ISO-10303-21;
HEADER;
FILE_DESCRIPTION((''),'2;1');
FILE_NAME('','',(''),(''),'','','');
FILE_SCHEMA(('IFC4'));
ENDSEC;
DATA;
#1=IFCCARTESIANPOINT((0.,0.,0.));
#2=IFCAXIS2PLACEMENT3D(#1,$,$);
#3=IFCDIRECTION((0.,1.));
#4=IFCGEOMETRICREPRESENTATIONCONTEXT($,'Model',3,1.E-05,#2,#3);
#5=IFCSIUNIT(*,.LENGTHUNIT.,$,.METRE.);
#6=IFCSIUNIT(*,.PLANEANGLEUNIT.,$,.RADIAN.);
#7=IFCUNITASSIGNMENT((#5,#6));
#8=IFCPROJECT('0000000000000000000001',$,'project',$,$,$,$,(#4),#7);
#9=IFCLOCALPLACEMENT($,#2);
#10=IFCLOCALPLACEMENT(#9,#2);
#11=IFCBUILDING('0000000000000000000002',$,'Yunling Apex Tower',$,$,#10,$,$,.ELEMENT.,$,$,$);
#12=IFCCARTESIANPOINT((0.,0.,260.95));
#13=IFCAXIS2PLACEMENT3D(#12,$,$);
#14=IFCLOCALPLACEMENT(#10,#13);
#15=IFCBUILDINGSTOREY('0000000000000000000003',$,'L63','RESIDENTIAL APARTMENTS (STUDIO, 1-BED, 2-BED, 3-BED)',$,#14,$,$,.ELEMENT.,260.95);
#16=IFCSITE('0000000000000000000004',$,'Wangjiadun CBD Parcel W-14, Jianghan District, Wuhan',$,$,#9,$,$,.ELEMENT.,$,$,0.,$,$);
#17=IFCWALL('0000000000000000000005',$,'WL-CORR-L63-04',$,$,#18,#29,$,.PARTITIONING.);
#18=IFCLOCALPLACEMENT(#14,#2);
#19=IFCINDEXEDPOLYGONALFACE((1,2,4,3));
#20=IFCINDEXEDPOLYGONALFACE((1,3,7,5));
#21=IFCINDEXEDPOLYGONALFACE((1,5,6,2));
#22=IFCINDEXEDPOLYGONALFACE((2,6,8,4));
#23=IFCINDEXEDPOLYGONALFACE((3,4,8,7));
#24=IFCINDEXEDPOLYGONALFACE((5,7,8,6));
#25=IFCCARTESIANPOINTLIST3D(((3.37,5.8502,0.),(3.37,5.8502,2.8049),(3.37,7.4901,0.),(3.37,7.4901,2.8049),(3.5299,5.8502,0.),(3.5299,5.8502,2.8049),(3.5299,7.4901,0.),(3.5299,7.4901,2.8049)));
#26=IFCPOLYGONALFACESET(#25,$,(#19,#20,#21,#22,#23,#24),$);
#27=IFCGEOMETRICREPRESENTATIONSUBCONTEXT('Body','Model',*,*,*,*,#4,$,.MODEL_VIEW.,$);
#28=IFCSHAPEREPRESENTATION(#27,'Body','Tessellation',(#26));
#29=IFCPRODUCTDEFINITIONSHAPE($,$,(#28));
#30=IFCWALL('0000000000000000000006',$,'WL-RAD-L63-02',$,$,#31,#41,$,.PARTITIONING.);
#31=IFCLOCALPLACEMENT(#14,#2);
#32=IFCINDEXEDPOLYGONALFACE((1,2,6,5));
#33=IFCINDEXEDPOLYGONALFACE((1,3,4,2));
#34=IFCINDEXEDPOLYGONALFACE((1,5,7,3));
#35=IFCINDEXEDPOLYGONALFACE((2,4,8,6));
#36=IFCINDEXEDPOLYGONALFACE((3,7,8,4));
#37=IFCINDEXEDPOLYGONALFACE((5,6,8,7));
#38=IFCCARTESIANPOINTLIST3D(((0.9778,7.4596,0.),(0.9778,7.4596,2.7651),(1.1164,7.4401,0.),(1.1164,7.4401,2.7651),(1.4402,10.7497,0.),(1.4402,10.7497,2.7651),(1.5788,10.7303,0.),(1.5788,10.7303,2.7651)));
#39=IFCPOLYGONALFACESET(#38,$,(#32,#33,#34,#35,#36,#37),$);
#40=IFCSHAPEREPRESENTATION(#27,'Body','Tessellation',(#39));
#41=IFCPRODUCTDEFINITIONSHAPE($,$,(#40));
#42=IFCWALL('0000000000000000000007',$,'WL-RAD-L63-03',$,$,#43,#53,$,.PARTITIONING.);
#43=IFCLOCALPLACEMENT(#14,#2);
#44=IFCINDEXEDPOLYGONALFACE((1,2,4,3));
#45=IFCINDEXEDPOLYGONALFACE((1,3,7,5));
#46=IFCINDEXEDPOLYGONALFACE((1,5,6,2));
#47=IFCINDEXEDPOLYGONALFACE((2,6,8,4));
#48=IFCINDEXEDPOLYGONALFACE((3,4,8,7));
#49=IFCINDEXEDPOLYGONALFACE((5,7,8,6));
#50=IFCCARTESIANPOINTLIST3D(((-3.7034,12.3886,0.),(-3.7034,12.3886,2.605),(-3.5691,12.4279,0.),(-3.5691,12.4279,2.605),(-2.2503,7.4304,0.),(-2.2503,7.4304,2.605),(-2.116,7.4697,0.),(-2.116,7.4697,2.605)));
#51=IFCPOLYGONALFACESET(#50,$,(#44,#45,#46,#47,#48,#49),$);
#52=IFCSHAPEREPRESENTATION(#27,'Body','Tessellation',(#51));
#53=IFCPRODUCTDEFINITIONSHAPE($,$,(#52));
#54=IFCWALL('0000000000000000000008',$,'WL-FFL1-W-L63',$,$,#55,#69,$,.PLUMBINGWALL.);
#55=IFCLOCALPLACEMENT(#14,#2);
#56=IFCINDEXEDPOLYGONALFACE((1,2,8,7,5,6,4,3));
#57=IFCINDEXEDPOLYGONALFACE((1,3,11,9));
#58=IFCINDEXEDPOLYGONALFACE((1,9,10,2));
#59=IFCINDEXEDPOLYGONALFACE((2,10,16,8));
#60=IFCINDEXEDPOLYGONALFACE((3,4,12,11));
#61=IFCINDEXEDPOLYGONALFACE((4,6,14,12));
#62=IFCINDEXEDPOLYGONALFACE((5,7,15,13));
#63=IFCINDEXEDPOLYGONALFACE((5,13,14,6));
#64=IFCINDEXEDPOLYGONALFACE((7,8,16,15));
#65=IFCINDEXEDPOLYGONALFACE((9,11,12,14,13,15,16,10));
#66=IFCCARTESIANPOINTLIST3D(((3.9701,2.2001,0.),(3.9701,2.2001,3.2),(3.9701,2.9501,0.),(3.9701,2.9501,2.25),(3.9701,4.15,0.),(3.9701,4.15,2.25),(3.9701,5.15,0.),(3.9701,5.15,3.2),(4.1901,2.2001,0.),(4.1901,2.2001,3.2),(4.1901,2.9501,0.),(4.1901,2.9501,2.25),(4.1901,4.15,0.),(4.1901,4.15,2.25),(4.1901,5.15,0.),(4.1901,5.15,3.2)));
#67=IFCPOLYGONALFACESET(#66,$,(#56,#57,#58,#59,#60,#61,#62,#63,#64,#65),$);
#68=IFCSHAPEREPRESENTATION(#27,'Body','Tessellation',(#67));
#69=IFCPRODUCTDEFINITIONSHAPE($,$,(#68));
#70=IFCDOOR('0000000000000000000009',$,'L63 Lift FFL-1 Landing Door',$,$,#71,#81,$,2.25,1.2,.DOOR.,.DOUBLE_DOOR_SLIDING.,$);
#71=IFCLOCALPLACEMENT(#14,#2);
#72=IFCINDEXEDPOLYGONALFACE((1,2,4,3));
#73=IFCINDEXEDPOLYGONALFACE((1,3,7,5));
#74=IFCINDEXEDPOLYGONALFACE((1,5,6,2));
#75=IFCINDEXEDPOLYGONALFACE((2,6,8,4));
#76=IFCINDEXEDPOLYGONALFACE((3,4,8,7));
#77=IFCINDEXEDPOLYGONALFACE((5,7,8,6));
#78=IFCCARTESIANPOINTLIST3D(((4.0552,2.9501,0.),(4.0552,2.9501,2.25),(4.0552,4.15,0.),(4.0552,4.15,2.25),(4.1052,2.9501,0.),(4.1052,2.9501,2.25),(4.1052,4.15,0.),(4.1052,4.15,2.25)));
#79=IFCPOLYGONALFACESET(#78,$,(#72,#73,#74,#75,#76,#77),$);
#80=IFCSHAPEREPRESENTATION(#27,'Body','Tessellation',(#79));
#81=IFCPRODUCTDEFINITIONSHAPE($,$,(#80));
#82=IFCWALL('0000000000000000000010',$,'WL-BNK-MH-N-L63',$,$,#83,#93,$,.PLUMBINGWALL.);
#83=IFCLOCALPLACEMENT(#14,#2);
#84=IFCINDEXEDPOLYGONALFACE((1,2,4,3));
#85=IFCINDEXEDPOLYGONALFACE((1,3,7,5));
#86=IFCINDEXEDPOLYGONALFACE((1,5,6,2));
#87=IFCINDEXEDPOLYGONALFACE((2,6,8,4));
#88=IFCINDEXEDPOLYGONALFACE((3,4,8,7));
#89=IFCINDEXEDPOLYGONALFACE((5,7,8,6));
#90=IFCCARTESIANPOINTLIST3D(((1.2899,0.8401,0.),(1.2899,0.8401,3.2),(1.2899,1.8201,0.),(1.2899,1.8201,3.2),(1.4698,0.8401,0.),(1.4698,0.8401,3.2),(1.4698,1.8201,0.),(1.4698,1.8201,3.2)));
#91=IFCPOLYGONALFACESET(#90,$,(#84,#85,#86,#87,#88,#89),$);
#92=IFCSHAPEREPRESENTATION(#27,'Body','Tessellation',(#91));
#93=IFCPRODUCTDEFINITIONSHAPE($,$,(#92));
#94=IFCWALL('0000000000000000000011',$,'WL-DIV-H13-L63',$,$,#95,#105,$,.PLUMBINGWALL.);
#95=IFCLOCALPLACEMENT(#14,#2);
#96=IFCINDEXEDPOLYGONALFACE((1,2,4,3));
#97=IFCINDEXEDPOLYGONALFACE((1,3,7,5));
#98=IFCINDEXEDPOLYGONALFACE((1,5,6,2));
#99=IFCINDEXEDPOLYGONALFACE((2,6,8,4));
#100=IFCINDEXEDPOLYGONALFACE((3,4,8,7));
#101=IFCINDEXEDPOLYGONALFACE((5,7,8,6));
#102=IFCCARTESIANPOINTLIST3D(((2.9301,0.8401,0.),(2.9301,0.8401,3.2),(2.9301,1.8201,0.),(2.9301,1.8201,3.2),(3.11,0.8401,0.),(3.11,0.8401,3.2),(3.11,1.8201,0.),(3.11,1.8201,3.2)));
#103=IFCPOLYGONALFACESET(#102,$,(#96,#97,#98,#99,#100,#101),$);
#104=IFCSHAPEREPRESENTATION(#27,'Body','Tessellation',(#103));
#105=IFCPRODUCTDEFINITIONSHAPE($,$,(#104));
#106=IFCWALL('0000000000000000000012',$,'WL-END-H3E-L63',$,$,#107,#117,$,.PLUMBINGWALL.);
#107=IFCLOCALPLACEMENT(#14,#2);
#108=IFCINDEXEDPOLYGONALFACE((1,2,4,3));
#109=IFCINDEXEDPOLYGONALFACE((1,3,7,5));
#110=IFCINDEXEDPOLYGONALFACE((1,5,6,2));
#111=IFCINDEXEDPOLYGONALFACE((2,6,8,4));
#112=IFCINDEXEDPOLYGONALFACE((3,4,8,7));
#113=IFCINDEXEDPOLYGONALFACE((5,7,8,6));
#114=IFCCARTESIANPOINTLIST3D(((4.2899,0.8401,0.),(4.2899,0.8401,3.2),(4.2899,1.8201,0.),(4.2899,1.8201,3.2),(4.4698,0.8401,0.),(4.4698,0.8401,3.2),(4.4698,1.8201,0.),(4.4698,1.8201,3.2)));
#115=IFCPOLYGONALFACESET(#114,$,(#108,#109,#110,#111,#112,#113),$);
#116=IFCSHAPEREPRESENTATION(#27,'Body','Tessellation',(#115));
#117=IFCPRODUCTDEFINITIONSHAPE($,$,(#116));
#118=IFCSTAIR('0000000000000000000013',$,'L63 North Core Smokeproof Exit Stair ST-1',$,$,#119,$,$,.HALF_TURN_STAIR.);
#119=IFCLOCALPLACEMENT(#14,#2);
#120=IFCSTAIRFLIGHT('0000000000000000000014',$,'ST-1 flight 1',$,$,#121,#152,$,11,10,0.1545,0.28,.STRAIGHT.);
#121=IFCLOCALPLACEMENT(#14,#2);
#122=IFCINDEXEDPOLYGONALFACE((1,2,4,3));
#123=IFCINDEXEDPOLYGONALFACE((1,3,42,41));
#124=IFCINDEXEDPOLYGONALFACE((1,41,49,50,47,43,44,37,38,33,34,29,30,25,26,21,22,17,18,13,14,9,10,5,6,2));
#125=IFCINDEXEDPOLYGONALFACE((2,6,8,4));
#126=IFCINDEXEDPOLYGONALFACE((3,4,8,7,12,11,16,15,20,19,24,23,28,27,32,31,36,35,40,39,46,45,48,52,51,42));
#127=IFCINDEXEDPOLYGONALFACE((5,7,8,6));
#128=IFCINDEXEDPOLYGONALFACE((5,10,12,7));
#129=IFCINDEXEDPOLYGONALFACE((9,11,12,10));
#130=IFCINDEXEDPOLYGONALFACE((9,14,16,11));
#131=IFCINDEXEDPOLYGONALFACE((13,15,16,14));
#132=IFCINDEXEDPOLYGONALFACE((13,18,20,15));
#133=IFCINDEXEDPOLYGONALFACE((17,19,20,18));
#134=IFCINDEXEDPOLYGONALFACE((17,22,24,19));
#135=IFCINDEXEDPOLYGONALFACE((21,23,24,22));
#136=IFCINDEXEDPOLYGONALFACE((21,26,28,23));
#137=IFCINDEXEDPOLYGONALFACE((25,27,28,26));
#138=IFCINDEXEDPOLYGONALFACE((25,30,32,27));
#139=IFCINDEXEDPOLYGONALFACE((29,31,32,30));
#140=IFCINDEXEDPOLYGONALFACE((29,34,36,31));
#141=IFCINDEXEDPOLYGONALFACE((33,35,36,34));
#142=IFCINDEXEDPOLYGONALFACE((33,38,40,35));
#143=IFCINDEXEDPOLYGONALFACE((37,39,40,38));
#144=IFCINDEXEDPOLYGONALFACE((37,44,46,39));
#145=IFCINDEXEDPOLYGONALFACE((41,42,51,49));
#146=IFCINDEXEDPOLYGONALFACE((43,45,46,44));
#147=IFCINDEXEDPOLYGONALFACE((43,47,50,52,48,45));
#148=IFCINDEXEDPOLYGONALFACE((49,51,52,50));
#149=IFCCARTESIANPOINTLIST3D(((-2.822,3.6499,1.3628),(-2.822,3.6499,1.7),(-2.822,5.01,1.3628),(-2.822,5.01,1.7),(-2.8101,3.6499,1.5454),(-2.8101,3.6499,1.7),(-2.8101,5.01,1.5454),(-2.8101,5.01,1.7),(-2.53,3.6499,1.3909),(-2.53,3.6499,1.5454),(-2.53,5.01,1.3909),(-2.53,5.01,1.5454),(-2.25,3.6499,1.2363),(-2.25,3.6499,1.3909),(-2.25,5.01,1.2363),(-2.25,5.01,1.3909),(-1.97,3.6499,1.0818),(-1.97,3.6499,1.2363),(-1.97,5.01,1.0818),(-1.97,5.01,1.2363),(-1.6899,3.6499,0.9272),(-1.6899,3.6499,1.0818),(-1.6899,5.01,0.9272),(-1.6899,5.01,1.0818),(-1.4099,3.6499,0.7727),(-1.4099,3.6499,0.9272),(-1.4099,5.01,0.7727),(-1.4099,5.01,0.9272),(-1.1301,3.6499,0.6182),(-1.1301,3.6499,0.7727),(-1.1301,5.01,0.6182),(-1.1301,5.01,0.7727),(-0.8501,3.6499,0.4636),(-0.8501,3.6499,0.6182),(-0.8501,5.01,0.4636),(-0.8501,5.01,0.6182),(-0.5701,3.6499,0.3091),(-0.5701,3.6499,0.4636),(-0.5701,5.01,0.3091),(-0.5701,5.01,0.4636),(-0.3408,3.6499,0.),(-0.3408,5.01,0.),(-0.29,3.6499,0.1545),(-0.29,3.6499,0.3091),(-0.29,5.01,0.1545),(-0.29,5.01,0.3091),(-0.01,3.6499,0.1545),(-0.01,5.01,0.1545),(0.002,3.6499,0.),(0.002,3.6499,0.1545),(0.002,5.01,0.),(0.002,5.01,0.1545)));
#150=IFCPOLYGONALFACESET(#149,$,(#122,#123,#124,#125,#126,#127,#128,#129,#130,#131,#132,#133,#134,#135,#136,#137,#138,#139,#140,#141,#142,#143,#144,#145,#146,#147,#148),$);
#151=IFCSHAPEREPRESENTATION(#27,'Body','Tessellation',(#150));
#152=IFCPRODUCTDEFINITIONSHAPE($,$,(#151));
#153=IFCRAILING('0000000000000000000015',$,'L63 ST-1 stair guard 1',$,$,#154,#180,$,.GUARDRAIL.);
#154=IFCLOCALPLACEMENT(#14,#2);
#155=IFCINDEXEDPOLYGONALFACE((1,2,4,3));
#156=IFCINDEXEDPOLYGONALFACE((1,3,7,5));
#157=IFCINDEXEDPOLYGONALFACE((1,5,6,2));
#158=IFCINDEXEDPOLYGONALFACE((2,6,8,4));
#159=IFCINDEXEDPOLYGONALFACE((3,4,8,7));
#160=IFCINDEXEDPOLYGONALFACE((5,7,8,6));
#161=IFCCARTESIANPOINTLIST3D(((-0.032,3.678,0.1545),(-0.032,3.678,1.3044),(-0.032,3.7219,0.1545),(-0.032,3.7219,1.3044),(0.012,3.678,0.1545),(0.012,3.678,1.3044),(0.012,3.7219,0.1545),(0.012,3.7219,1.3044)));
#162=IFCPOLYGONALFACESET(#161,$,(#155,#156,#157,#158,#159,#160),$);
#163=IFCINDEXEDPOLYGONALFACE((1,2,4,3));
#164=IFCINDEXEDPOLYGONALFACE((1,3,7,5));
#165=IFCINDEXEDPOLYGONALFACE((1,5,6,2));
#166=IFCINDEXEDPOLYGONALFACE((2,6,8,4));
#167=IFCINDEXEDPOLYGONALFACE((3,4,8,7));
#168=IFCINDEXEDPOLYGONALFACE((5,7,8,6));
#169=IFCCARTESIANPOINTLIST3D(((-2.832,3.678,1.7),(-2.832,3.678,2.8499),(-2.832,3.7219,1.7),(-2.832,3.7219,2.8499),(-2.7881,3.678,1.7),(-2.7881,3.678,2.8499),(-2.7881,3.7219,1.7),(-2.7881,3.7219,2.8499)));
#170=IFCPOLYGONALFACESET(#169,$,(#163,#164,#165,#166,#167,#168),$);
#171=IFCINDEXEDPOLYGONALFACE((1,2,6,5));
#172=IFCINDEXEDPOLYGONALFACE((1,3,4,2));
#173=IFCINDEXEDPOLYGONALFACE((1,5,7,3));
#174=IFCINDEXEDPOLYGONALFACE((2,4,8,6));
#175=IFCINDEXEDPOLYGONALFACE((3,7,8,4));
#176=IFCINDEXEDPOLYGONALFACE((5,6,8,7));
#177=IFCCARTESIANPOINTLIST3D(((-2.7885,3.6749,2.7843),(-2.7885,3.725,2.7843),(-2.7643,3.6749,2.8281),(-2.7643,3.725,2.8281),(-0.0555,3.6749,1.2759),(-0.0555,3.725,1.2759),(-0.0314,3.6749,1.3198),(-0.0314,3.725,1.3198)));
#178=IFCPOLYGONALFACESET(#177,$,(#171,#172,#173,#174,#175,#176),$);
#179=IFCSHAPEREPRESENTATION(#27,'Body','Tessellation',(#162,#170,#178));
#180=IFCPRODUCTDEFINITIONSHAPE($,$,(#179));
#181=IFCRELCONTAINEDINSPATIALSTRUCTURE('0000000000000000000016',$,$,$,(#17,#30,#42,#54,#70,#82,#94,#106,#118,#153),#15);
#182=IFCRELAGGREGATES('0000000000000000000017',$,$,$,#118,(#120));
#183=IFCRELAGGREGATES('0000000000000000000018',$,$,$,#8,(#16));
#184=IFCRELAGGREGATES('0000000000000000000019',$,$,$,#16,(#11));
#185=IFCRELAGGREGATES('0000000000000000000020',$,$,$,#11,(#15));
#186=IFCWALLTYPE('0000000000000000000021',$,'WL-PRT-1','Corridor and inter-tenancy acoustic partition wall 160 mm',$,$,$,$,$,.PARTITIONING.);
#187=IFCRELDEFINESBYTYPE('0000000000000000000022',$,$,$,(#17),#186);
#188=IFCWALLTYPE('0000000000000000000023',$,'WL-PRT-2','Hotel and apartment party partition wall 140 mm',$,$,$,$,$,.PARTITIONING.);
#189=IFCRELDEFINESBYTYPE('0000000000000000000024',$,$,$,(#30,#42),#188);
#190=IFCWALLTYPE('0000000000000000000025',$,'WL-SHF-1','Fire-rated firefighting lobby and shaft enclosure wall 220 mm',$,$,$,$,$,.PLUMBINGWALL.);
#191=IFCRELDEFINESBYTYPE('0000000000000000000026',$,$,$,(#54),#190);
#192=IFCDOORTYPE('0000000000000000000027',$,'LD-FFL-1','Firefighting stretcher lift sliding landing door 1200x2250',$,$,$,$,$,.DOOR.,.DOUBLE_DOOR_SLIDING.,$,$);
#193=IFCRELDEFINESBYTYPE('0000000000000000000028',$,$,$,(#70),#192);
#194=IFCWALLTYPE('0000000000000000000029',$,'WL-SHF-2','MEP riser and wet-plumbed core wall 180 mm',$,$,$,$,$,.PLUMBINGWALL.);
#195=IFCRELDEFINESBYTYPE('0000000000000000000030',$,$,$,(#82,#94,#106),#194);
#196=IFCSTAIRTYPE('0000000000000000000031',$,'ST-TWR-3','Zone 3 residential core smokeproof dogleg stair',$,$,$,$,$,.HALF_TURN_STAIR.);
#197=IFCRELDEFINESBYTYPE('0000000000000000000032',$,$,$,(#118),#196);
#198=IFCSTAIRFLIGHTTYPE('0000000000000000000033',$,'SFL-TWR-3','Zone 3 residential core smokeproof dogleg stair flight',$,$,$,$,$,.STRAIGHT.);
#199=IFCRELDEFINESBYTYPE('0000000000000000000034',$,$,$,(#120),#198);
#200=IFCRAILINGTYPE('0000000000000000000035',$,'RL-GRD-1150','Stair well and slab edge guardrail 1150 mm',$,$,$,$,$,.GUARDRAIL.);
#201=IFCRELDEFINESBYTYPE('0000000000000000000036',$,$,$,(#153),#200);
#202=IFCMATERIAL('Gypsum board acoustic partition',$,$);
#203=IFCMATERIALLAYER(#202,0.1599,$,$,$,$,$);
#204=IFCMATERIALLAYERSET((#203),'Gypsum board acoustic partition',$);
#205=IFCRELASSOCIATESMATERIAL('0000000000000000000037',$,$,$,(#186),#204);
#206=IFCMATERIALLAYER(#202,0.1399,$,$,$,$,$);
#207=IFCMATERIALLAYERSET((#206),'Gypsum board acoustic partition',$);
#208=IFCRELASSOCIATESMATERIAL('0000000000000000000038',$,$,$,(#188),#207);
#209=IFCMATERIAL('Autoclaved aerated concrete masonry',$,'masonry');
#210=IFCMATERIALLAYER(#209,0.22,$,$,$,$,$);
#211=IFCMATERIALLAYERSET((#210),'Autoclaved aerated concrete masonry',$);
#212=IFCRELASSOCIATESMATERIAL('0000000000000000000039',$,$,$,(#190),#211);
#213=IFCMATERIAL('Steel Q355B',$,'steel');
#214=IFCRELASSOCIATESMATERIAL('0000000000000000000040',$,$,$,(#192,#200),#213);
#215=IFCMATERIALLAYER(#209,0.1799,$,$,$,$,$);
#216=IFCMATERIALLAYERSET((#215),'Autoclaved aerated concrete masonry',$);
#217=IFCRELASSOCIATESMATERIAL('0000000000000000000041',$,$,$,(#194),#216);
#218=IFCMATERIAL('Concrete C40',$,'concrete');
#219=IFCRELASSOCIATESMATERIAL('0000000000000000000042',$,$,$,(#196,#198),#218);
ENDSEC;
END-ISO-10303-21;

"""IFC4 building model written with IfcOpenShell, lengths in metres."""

from ifc_helpers import new_model, si_unit, direction, frame, frame_2d, origin, origin_2d, place, context, subcontext, project, spatial, polyline, rectangle, outline, extrude, material, layer, layer_set, type_object, element, fill, aggregate, save


model = new_model("IFC4")

# Units and contexts
model_context = context("Model", 3, precision=1e-05, world=origin(), true_north=direction((0.0, 1.0)))
body_context = subcontext(model_context, "Body", "Model", "MODEL_VIEW")
ifc_project = project(units=[si_unit("LENGTHUNIT", "METRE"), si_unit("PLANEANGLEUNIT", "RADIAN")], contexts=[model_context])

# Site, building, storey
site_placement = place(None, origin())
site = spatial("IfcSite", under=ifc_project, at=site_placement, Name="Wangjiadun CBD Parcel W-14, Jianghan District, Wuhan", CompositionType="ELEMENT", RefElevation=0.0)
building_placement = place(site_placement, origin())
building = spatial("IfcBuilding", under=site, at=building_placement, Name="Yunling Apex Tower", CompositionType="ELEMENT")
storey_placement = place(building_placement, frame((0.0, 0.0, 260.95)))
storey = spatial("IfcBuildingStorey", under=building, at=storey_placement, Name="L63", Description="RESIDENTIAL APARTMENTS (STUDIO, 1-BED, 2-BED, 3-BED)", CompositionType="ELEMENT", Elevation=260.95)

# Shared definitions
ifc_material_1 = material(Name="Steel Q355B", Category="steel")

# Walls
ifc_material_2 = material(Name="Concrete C40", Category="concrete")
ifc_material_3 = material(Name="Gypsum board acoustic partition")
ifc_layer_1 = layer(ifc_material_3, 0.1599)
ifc_layer_set_1 = layer_set([ifc_layer_1], Name="Gypsum board acoustic partition")
wall_type_1 = type_object("IfcWallType", Name="WL-PRT-1", Description="Corridor and inter-tenancy acoustic partition wall 160 mm", PredefinedType="PARTITIONING", material=ifc_layer_set_1)
wall_1_placement = place(storey_placement, frame((3.45, 7.49, 0.0), z_axis=(0.0, 0.0, 1.0), x_axis=(0.0, -1.0, 0.0)))
element("IfcWall", 1, at=wall_1_placement, inside=storey, type_object=wall_type_1, Name="WL-CORR-L63-04", PredefinedType="PARTITIONING", context=body_context, shape_type="SweptSolid", body=[
    extrude(rectangle(XDim=1.6399, YDim=0.1599, at=frame_2d((0.8198, 0.0))), origin(), (0.0, 0.0, 1.0), 2.8049),
])
ifc_layer_2 = layer(ifc_material_3, 0.1399)
ifc_layer_set_2 = layer_set([ifc_layer_2], Name="Gypsum board acoustic partition")
wall_type_2 = type_object("IfcWallType", Name="WL-PRT-2", Description="Hotel and apartment party partition wall 140 mm", PredefinedType="PARTITIONING", material=ifc_layer_set_2)
wall_2_placement = place(storey_placement, frame((1.0471, 7.45, 0.0), z_axis=(0.0, 0.0, 1.0), x_axis=(0.139168, 0.990269, 0.0)))
element("IfcWall", 2, at=wall_2_placement, inside=storey, type_object=wall_type_2, Name="WL-RAD-L63-02", PredefinedType="PARTITIONING", context=body_context, shape_type="SweptSolid", body=[
    extrude(rectangle(XDim=3.3225, YDim=0.1399, at=frame_2d((1.6611, 0.0))), origin(), (0.0, 0.0, 1.0), 2.7651),
])
wall_3_placement = place(storey_placement, frame((-2.1831, 7.45, 0.0), z_axis=(0.0, 0.0, 1.0), x_axis=(-0.281243, 0.959637, 0.0)))
element("IfcWall", 3, at=wall_3_placement, inside=storey, type_object=wall_type_2, Name="WL-RAD-L63-03", PredefinedType="PARTITIONING", context=body_context, shape_type="SweptSolid", body=[
    extrude(rectangle(XDim=5.1667, YDim=0.1399, at=frame_2d((2.5835, 0.0))), origin(), (0.0, 0.0, 1.0), 2.605),
])

# Wall, opening, door
ifc_material_4 = material(Name="Autoclaved aerated concrete masonry", Category="masonry")
ifc_layer_3 = layer(ifc_material_4, 0.22)
ifc_layer_set_3 = layer_set([ifc_layer_3], Name="Autoclaved aerated concrete masonry")
wall_type_3 = type_object("IfcWallType", Name="WL-SHF-1", Description="Fire-rated firefighting lobby and shaft enclosure wall 220 mm", PredefinedType="PLUMBINGWALL", material=ifc_layer_set_3)
wall_4_placement = place(storey_placement, frame((4.0801, 2.2, 0.0), z_axis=(0.0, 0.0, 1.0), x_axis=(0.0, 1.0, 0.0)))
wall_4 = element("IfcWall", 4, at=wall_4_placement, inside=storey, type_object=wall_type_3, Name="WL-FFL1-W-L63", PredefinedType="PLUMBINGWALL", context=body_context, shape_type="SweptSolid", body=[
    extrude(rectangle(XDim=2.95, YDim=0.22, at=frame_2d((1.4751, 0.0))), origin(), (0.0, 0.0, 1.0), 3.2),
])
opening_1_placement = place(wall_4_placement, frame((0.75, 0.0, 0.0)))
opening_1 = element("IfcOpeningElement", 5, at=opening_1_placement, cuts=wall_4, PredefinedType="OPENING", context=body_context, shape_type="SweptSolid", body=[
    extrude(rectangle(XDim=1.2, YDim=2.25, at=frame_2d((0.6001, 1.125))), frame((0.0, 0.1201, 0.0), z_axis=(0.0, -1.0, 0.0), x_axis=(1.0, 0.0, 0.0)), (0.0, 0.0, 1.0), 0.24),
])
door_type_1 = type_object("IfcDoorType", Name="LD-FFL-1", Description="Firefighting stretcher lift sliding landing door 1200x2250", OperationType="DOUBLE_DOOR_SLIDING", PredefinedType="DOOR", material=ifc_material_1)
door_1_placement = place(opening_1_placement, origin())
door_1 = element("IfcDoor", 6, at=door_1_placement, inside=storey, type_object=door_type_1, Name="L63 Lift FFL-1 Landing Door", OperationType="DOUBLE_DOOR_SLIDING", OverallHeight=2.25, OverallWidth=1.2, PredefinedType="DOOR", context=body_context, shape_type="SweptSolid", body=[
    extrude(rectangle(XDim=1.2, YDim=2.25, at=frame_2d((0.6001, 1.125))), frame((0.0, 0.0249, 0.0), z_axis=(0.0, -1.0, 0.0), x_axis=(1.0, 0.0, 0.0)), (0.0, 0.0, 1.0), 0.05),
])
fill(opening_1, door_1)

# Walls
ifc_layer_4 = layer(ifc_material_4, 0.1799)
ifc_layer_set_4 = layer_set([ifc_layer_4], Name="Autoclaved aerated concrete masonry")
wall_type_4 = type_object("IfcWallType", Name="WL-SHF-2", Description="MEP riser and wet-plumbed core wall 180 mm", PredefinedType="PLUMBINGWALL", material=ifc_layer_set_4)
for number, where, z_axis, x_axis, name in (
    (7, (1.3799, 0.8401, 0.0), (0.0, 0.0, 1.0), (0.0, 1.0, 0.0), "WL-BNK-MH-N-L63"),
    (8, (3.02, 0.8401, 0.0), (0.0, 0.0, 1.0), (0.0, 1.0, 0.0), "WL-DIV-H13-L63"),
    (9, (4.3799, 0.8401, 0.0), (0.0, 0.0, 1.0), (0.0, 1.0, 0.0), "WL-END-H3E-L63"),
):
    element("IfcWall", number, at=place(storey_placement, frame(where, z_axis=z_axis, x_axis=x_axis)), inside=storey, type_object=wall_type_4, Name=name, PredefinedType="PLUMBINGWALL", context=body_context, shape_type="SweptSolid", body=[
        extrude(rectangle(XDim=0.98, YDim=0.1799, at=frame_2d((0.49, 0.0))), origin(), (0.0, 0.0, 1.0), 3.2),
    ])

# Stair, stair flight
stair_type = type_object("IfcStairType", Name="ST-TWR-3", Description="Zone 3 residential core smokeproof dogleg stair", PredefinedType="HALF_TURN_STAIR", material=ifc_material_2)
stair_placement = place(storey_placement, origin())
stair = element("IfcStair", 10, at=stair_placement, inside=storey, type_object=stair_type, Name="L63 North Core Smokeproof Exit Stair ST-1", PredefinedType="HALF_TURN_STAIR")
stair_flight_type = type_object("IfcStairFlightType", Name="SFL-TWR-3", Description="Zone 3 residential core smokeproof dogleg stair flight", PredefinedType="STRAIGHT", material=ifc_material_2)
stair_flight_placement = place(storey_placement, frame((-0.01, 4.3301, 0.0), z_axis=(0.0, 0.0, 1.0), x_axis=(-1.0, 0.0, 0.0)))
stair_flight = element("IfcStairFlight", 11, at=stair_flight_placement, type_object=stair_flight_type, Name="ST-1 flight 1", NumberOfRisers=11, NumberOfTreads=10, PredefinedType="STRAIGHT", RiserHeight=0.1545, TreadLength=0.28, context=body_context, shape_type="SweptSolid", body=[
    extrude(outline(polyline([(-0.012, 0.0), (-0.012, 0.1545), (0.0, 0.1545), (0.28, 0.1545), (0.28, 0.3091), (0.5601, 0.3091), (0.5601, 0.4636), (0.8401, 0.4636), (0.8401, 0.6182), (1.1201, 0.6182), (1.1201, 0.7727), (1.3999, 0.7727), (1.3999, 0.9272), (1.6799, 0.9272), (1.6799, 1.0818), (1.96, 1.0818), (1.96, 1.2363), (2.24, 1.2363), (2.24, 1.3909), (2.52, 1.3909), (2.52, 1.5454), (2.8, 1.5454), (2.8, 1.7), (2.812, 1.7), (2.812, 1.3628), (0.3308, 0.0), (-0.012, 0.0)])), frame((0.0, 0.6802, 0.0), z_axis=(0.0, -1.0, 0.0), x_axis=(1.0, 0.0, 0.0)), (0.0, 0.0, 1.0), 1.3601),
])
aggregate(stair, [stair_flight])

# Railing
railing_type_1 = type_object("IfcRailingType", Name="RL-GRD-1150", Description="Stair well and slab edge guardrail 1150 mm", PredefinedType="GUARDRAIL", material=ifc_material_1)
railing_1_placement = place(storey_placement, frame((-0.01, 3.7, 0.1545)))
element("IfcRailing", 12, at=railing_1_placement, inside=storey, type_object=railing_type_1, Name="L63 ST-1 stair guard 1", PredefinedType="GUARDRAIL", context=body_context, shape_type="SweptSolid", body=[
    extrude(rectangle(XDim=0.0439, YDim=0.0439, at=origin_2d()), origin(), (0.0, 0.0, 1.0), 1.1499),
    extrude(rectangle(XDim=0.0439, YDim=0.0439, at=origin_2d()), frame((-2.8, 0.0, 1.5454)), (0.0, 0.0, 1.0), 1.1499),
    extrude(rectangle(XDim=0.05, YDim=0.05, at=origin_2d()), frame((-0.0334, 0.0, 1.1433), z_axis=(-0.875504, 0.0, 0.483211), x_axis=(0.0, -1.0, 0.0)), (0.0, 0.0, 1.0), 3.1216),
])

save(model, "model.ifc")
